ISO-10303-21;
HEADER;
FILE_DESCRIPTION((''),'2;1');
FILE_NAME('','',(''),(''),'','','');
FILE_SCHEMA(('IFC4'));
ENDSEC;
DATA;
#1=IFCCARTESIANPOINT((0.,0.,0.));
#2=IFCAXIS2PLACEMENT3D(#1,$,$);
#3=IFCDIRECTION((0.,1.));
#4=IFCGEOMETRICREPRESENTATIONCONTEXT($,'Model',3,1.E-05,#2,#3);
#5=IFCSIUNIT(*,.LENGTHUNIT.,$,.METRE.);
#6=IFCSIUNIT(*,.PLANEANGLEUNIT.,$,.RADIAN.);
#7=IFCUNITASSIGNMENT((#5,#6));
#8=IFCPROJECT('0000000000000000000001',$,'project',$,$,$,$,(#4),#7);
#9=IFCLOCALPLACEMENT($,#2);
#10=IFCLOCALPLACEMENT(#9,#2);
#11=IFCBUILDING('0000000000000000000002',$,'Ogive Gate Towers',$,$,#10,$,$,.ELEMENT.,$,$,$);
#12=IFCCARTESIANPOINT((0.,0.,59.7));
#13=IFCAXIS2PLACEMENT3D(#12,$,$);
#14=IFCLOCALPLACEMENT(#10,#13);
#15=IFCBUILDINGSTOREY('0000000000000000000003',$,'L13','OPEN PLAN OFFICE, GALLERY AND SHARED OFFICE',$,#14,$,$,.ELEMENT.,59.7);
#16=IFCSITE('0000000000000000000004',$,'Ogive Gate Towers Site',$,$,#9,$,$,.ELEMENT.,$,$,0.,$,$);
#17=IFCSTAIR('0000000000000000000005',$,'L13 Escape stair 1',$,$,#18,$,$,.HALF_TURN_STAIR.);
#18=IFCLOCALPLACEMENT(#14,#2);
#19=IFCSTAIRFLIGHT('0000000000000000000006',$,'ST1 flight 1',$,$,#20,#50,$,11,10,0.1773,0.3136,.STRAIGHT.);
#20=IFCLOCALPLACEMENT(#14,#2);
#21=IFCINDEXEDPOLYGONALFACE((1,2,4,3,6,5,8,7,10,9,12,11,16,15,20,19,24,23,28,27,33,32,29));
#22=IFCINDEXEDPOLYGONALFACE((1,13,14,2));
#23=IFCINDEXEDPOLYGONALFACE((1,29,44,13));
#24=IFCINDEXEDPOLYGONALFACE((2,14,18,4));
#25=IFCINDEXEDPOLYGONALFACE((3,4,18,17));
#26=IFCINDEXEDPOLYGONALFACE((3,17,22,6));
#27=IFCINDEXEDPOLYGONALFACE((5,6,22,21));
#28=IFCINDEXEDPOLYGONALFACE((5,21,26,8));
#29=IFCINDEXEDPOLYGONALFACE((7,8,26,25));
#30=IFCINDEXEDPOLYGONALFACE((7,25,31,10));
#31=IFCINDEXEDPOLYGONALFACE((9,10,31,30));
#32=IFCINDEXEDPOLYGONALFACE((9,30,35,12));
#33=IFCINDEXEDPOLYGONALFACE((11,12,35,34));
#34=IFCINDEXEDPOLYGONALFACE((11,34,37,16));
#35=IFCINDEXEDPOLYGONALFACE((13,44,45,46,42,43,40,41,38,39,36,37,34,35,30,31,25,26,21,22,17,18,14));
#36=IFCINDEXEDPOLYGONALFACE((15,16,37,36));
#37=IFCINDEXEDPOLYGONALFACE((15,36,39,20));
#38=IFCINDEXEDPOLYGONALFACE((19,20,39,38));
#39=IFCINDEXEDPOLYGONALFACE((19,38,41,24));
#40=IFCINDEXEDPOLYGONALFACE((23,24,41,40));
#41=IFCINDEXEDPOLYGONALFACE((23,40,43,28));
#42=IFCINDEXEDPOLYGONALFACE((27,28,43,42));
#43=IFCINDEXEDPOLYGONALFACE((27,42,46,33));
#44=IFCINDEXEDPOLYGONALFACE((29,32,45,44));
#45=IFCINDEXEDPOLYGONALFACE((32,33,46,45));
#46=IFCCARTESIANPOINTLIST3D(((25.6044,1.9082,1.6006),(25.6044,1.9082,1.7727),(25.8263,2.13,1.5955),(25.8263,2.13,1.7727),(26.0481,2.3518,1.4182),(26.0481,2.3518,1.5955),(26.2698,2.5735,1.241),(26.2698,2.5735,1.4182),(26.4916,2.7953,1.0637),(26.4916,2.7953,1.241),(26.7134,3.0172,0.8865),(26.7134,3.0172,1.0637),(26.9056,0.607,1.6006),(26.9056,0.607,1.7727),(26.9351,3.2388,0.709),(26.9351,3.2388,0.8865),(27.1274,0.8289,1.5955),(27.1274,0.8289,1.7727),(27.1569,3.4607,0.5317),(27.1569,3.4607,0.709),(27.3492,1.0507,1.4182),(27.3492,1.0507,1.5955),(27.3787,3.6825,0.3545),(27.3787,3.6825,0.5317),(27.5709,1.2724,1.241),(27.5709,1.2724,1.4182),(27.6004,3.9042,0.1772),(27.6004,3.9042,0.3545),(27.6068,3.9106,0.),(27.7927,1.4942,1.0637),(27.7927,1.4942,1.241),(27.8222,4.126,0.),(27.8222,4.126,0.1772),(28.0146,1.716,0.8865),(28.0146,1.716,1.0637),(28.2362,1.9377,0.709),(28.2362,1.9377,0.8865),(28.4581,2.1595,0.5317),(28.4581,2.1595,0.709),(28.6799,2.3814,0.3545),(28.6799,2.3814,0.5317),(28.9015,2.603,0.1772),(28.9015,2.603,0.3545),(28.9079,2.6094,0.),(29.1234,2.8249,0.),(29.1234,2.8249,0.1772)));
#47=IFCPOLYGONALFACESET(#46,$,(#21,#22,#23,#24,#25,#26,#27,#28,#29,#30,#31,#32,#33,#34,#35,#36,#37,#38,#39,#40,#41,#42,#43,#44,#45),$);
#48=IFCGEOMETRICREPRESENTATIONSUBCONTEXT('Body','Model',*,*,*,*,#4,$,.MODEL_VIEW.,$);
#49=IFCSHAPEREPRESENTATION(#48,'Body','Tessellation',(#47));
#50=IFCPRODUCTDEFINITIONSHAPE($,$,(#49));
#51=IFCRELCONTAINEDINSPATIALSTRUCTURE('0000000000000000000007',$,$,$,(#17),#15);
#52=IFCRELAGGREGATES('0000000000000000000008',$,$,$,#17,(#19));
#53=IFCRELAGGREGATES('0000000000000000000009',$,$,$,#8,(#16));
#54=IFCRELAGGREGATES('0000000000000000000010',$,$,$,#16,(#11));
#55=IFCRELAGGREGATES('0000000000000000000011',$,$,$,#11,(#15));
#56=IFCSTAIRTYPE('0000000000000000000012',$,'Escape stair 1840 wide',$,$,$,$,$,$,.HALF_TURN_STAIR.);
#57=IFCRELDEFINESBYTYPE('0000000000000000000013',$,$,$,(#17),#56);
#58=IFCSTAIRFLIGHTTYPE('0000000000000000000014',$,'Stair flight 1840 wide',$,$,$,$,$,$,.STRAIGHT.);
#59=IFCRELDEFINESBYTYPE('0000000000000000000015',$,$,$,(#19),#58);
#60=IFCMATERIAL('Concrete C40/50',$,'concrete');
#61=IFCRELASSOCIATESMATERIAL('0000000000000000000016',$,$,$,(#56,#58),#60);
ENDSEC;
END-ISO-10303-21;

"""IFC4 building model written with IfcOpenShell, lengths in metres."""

from ifc_helpers import new_model, si_unit, direction, frame, origin, place, context, subcontext, project, spatial, polyline, outline, extrude, material, type_object, element, aggregate, save


model = new_model("IFC4")

# Units and contexts
model_context = context("Model", 3, precision=1e-05, world=origin(), true_north=direction((0.0, 1.0)))
body_context = subcontext(model_context, "Body", "Model", "MODEL_VIEW")
ifc_project = project(units=[si_unit("LENGTHUNIT", "METRE"), si_unit("PLANEANGLEUNIT", "RADIAN")], contexts=[model_context])

# Site, building, storey
site_placement = place(None, origin())
site = spatial("IfcSite", under=ifc_project, at=site_placement, Name="Ogive Gate Towers Site", CompositionType="ELEMENT", RefElevation=0.0)
building_placement = place(site_placement, origin())
building = spatial("IfcBuilding", under=site, at=building_placement, Name="Ogive Gate Towers", CompositionType="ELEMENT")
storey_placement = place(building_placement, frame((0.0, 0.0, 59.7)))
storey = spatial("IfcBuildingStorey", under=building, at=storey_placement, Name="L13", Description="OPEN PLAN OFFICE, GALLERY AND SHARED OFFICE", CompositionType="ELEMENT", Elevation=59.7)

# Shared definitions
ifc_material_1 = material(Name="Concrete C40/50", Category="concrete")

# Stair, stair flight
stair_type = type_object("IfcStairType", Name="Escape stair 1840 wide", PredefinedType="HALF_TURN_STAIR", material=ifc_material_1)
stair_placement = place(storey_placement, origin())
stair = element("IfcStair", 1, at=stair_placement, inside=storey, type_object=stair_type, Name="L13 Escape stair 1", PredefinedType="HALF_TURN_STAIR")
stair_flight_type = type_object("IfcStairFlightType", Name="Stair flight 1840 wide", PredefinedType="STRAIGHT", material=ifc_material_1)
stair_flight_placement = place(storey_placement, frame((28.4729, 3.4753, 0.0), z_axis=(0.0, 0.0, 1.0), x_axis=(-0.707107, -0.707107, 0.0)))
stair_flight = element("IfcStairFlight", 2, at=stair_flight_placement, type_object=stair_flight_type, Name="ST1 flight 1", NumberOfRisers=11, NumberOfTreads=10, PredefinedType="STRAIGHT", RiserHeight=0.1773, TreadLength=0.3136, context=body_context, shape_type="SweptSolid", body=[
    extrude(outline(polyline([(0.0, 0.0), (0.0, 0.1772), (0.3137, 0.1772), (0.3137, 0.3545), (0.6272, 0.3545), (0.6272, 0.5317), (0.9409, 0.5317), (0.9409, 0.709), (1.2546, 0.709), (1.2546, 0.8865), (1.5681, 0.8865), (1.5681, 1.0637), (1.8818, 1.0637), (1.8818, 1.241), (2.1956, 1.241), (2.1956, 1.4182), (2.509, 1.4182), (2.509, 1.5955), (2.8228, 1.5955), (2.8228, 1.7727), (3.1365, 1.7727), (3.1365, 1.95), (3.1365, 1.6006), (0.3047, 0.0), (0.0, 0.0)])), frame((0.0, 0.9199, 0.0), z_axis=(0.0, -1.0, 0.0), x_axis=(1.0, 0.0, 0.0)), (0.0, 0.0, 1.0), 1.8401),
])
aggregate(stair, [stair_flight])

save(model, "model.ifc")
